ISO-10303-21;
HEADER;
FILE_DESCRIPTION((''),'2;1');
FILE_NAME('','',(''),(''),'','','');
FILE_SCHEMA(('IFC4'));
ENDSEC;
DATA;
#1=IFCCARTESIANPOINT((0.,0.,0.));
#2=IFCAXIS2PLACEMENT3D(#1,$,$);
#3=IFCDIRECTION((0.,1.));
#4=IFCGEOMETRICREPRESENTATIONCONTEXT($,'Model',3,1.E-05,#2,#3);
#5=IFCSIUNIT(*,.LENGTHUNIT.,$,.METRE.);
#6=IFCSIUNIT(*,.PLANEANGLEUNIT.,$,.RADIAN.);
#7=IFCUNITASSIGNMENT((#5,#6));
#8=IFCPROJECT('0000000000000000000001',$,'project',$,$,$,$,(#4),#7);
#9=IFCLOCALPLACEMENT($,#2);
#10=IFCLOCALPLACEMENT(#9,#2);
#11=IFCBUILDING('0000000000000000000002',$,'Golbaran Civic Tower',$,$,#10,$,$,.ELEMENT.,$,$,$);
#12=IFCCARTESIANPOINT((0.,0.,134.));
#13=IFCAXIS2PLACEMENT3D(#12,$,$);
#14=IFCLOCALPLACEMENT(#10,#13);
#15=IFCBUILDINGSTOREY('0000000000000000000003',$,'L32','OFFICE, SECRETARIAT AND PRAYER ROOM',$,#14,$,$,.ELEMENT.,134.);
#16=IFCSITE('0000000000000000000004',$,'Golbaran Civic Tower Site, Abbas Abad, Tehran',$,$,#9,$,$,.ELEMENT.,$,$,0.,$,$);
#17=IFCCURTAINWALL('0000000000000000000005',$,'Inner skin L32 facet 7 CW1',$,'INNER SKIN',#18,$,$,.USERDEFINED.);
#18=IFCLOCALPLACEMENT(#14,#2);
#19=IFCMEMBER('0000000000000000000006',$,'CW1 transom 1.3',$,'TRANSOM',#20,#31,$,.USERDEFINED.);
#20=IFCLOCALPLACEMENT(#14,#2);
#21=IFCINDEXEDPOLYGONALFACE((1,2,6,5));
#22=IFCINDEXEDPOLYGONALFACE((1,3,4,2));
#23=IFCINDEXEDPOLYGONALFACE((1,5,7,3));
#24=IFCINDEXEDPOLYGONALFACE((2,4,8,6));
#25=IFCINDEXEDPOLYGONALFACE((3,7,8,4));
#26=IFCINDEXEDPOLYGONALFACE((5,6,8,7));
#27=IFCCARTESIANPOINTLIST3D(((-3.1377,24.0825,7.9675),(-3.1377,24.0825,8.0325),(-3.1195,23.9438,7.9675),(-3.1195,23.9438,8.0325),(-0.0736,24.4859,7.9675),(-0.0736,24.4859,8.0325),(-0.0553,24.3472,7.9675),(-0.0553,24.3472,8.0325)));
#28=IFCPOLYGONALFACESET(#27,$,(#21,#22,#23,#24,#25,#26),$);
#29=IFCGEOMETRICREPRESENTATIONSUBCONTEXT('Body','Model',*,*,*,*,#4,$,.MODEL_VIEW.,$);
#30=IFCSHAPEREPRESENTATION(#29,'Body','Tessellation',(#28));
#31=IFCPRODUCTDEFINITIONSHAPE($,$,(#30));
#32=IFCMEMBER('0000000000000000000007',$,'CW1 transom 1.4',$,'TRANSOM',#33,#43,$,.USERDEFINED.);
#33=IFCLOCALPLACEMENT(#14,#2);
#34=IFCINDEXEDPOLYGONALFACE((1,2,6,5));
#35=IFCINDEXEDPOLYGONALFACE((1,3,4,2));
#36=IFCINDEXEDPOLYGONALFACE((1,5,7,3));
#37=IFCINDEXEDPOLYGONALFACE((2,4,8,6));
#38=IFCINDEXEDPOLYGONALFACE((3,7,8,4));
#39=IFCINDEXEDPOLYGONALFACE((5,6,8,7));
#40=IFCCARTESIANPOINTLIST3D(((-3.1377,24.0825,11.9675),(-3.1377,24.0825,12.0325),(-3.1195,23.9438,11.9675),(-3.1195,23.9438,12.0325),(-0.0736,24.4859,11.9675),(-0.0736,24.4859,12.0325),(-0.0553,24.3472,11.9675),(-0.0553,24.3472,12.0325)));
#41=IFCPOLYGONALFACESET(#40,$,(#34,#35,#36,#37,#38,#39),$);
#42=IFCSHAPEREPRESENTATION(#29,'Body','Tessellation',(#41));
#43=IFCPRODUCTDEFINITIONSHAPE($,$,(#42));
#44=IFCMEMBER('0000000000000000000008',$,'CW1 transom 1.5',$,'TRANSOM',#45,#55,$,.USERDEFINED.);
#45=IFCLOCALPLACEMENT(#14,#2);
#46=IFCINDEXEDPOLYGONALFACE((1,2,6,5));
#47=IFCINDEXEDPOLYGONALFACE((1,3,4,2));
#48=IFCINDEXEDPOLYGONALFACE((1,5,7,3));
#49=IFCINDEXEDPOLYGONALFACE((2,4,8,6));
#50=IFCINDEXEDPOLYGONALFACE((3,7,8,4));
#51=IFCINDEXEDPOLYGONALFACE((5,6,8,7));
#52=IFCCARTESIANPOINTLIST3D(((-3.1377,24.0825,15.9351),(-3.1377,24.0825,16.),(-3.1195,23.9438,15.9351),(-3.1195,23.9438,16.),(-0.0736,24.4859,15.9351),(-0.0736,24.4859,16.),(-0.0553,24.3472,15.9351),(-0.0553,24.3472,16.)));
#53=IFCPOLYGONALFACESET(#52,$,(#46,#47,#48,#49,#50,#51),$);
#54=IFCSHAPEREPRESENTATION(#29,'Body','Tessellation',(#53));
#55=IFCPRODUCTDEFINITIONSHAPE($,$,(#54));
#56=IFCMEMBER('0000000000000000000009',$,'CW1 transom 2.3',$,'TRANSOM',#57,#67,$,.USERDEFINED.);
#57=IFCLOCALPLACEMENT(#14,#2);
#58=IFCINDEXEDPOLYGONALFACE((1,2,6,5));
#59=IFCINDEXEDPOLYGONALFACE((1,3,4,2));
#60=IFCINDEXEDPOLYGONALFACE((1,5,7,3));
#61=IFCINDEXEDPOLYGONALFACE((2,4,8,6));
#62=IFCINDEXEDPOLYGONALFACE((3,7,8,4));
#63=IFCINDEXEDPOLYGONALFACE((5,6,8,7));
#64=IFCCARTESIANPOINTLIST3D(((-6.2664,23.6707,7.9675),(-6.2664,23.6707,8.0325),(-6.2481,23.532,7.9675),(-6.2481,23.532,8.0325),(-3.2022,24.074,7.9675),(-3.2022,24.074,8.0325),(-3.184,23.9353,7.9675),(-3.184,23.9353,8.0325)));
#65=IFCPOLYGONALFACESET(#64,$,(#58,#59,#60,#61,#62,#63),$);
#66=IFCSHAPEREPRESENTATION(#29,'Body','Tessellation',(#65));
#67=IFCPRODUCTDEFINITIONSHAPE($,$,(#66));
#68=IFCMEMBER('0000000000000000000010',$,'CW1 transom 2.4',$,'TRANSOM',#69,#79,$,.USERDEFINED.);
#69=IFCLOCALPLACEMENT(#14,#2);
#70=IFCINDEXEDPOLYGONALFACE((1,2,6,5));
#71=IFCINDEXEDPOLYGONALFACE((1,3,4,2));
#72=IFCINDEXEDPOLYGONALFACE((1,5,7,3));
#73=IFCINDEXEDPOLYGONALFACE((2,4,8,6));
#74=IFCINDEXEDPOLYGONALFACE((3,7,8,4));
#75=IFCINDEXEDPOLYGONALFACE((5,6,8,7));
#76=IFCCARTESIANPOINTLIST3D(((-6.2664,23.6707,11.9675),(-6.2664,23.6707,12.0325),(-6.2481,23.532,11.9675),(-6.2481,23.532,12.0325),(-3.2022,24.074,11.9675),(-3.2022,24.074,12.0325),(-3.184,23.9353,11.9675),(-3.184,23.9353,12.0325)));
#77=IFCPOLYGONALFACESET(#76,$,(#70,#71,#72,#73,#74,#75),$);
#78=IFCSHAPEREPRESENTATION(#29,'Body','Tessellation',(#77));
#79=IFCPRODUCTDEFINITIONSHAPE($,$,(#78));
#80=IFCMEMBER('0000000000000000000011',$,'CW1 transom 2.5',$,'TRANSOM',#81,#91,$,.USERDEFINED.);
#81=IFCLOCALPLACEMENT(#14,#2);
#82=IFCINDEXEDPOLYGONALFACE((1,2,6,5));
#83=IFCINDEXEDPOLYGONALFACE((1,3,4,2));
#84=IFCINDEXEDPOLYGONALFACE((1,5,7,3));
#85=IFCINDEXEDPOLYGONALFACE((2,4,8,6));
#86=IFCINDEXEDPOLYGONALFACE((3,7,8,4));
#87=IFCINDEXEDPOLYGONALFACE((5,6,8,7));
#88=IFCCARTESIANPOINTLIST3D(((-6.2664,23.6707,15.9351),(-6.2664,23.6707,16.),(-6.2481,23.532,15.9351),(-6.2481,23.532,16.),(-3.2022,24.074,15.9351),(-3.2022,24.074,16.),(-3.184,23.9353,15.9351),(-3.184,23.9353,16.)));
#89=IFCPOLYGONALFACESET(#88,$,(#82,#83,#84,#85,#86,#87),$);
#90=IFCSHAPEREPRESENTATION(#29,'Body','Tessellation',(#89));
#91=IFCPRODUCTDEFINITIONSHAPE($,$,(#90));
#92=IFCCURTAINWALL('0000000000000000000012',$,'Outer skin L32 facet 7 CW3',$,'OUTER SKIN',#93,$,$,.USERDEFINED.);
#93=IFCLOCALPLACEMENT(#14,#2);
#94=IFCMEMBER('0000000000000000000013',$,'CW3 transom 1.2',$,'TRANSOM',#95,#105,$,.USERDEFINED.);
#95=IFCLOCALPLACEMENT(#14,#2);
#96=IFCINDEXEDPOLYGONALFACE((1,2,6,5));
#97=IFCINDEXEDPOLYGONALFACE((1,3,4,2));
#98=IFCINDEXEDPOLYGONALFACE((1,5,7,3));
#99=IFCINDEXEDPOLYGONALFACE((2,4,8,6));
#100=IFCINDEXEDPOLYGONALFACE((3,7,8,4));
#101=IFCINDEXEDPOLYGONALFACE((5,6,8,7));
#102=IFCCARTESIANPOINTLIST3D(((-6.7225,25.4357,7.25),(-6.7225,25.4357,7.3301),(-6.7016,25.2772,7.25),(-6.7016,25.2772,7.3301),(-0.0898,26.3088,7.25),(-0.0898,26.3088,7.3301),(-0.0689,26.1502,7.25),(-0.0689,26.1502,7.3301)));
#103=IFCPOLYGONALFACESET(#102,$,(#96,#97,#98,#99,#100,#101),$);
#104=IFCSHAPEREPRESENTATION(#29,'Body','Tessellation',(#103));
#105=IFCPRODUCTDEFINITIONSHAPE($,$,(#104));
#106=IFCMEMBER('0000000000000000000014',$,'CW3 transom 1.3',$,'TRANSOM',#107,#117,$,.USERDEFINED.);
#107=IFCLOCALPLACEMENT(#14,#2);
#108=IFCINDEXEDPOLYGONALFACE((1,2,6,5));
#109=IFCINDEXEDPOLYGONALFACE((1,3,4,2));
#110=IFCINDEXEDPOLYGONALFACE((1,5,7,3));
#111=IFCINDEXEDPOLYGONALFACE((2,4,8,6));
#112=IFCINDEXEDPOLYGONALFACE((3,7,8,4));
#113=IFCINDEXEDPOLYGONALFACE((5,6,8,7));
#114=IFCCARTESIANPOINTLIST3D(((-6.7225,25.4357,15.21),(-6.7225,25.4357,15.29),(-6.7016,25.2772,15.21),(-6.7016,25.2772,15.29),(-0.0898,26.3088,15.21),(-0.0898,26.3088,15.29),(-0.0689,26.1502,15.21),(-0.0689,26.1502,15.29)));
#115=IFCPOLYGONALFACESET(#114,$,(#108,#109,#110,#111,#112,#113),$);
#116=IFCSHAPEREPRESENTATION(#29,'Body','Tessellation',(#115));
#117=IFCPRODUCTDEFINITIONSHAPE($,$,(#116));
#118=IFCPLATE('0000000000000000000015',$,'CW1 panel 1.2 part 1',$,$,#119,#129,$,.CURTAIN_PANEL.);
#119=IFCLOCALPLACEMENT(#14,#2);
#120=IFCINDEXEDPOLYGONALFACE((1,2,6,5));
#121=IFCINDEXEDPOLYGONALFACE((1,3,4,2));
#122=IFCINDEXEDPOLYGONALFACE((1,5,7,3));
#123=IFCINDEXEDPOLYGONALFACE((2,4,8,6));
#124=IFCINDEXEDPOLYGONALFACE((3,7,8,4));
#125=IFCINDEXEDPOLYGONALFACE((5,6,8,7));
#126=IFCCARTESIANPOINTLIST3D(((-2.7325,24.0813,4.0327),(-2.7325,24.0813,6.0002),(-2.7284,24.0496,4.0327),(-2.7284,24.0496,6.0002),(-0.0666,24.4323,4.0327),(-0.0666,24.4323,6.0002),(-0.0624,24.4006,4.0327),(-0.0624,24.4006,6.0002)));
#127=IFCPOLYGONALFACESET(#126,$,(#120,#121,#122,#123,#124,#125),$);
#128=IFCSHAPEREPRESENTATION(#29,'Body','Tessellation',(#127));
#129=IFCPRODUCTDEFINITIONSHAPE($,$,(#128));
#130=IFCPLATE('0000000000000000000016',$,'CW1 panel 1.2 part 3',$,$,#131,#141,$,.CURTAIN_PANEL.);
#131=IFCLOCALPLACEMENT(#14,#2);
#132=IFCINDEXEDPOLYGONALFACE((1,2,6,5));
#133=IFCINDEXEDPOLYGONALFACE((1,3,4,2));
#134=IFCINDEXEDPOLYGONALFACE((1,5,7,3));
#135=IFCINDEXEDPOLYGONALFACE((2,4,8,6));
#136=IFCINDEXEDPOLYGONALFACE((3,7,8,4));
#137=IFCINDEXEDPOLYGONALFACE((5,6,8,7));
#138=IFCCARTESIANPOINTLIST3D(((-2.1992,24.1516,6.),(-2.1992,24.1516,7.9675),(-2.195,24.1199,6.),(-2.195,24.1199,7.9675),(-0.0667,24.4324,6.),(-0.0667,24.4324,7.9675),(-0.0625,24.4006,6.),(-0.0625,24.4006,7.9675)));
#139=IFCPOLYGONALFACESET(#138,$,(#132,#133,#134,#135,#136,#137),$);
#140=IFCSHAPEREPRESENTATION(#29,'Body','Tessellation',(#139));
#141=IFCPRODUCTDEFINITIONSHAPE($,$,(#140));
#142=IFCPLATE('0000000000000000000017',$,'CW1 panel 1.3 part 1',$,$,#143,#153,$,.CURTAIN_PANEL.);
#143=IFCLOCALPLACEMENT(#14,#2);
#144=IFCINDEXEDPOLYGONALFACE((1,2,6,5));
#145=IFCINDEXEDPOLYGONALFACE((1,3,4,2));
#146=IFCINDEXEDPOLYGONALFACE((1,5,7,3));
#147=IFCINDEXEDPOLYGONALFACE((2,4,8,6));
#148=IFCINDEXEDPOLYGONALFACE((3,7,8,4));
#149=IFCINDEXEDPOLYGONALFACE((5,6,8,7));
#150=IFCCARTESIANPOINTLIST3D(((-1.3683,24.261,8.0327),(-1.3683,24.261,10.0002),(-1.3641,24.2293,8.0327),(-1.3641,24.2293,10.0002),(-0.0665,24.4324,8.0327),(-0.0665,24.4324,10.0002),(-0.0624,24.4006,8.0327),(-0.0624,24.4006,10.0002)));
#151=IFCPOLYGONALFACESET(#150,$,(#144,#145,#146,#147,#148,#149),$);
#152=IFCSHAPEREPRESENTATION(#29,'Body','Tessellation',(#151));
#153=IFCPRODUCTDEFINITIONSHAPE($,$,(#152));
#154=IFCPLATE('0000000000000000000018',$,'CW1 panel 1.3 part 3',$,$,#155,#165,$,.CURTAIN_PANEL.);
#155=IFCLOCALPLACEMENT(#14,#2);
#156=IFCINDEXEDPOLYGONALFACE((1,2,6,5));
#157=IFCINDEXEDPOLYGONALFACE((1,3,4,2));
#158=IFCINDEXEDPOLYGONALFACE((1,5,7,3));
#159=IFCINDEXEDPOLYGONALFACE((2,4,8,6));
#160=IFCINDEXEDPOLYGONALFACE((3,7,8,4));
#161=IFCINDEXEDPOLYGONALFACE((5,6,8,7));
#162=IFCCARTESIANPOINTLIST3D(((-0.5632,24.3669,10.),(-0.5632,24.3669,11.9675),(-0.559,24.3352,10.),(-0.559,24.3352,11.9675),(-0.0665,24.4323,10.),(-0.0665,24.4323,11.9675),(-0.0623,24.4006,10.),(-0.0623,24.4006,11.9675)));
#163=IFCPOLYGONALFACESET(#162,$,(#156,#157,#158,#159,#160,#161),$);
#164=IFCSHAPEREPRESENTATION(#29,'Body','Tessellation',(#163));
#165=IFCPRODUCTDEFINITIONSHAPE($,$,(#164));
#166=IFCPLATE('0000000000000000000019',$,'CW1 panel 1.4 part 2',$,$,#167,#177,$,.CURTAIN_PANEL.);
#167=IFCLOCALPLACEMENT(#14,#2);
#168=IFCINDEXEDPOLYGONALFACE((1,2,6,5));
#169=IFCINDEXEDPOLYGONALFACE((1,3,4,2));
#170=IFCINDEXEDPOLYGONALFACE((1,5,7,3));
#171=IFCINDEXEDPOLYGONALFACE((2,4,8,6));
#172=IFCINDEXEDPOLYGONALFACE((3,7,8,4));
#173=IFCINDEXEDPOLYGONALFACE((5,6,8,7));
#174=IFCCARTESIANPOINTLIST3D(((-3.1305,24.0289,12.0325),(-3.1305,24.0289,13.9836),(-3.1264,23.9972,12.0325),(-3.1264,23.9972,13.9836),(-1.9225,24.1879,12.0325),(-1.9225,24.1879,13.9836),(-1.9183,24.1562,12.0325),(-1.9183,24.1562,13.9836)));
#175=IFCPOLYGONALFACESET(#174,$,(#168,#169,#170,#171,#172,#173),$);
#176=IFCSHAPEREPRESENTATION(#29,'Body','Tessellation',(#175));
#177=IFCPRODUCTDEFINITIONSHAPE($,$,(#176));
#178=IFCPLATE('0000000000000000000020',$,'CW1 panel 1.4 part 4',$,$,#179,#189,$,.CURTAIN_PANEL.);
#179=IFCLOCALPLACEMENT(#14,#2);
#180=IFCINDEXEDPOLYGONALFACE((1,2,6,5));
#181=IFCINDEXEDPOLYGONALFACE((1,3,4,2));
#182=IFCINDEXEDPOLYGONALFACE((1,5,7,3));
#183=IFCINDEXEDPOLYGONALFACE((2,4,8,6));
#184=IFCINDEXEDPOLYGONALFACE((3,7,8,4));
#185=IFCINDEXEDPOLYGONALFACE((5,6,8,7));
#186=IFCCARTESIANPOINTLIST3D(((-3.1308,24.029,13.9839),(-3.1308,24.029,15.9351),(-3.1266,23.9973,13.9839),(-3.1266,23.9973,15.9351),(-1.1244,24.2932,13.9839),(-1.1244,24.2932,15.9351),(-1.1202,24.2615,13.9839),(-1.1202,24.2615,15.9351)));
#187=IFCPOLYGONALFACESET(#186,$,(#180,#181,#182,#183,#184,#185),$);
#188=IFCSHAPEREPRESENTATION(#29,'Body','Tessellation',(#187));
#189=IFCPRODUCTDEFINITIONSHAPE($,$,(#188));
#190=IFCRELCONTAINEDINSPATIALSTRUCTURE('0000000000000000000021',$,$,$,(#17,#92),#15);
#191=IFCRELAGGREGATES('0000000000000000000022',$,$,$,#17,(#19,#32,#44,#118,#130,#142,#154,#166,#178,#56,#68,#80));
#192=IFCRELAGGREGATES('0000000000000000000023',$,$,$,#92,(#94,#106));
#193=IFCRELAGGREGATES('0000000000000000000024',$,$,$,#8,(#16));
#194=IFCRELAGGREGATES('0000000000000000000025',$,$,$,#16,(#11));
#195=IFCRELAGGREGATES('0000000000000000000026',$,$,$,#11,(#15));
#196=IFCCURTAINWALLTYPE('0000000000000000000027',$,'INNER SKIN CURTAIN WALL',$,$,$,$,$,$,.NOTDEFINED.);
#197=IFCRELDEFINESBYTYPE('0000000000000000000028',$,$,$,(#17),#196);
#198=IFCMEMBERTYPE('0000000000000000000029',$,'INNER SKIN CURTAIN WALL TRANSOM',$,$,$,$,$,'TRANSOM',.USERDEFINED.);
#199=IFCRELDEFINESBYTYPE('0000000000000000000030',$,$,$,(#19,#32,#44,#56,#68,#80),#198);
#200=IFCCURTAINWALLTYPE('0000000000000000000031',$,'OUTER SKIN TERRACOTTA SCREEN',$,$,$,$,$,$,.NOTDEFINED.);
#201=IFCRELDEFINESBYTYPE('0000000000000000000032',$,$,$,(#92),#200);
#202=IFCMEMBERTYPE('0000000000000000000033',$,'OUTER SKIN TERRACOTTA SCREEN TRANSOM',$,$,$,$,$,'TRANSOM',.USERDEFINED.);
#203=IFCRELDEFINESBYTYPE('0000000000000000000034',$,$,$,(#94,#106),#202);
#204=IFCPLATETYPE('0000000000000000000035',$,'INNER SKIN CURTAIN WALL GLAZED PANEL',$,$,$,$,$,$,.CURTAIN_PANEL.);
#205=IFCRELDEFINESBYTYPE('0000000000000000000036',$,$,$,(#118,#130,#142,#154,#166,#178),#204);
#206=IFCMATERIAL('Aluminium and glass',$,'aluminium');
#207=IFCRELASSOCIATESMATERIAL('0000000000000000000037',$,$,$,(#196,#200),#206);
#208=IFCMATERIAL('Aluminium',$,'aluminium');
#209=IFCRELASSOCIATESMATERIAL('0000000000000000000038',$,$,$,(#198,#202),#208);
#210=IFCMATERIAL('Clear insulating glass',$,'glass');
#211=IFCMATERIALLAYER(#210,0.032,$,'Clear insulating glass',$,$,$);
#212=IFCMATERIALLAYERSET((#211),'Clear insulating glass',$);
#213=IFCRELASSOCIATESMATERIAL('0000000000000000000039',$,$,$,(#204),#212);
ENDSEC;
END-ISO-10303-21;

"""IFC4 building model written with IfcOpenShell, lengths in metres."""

from ifc_helpers import new_model, si_unit, direction, frame, origin, origin_2d, place, context, subcontext, project, spatial, rectangle, extrude, material, layer, layer_set, material_profile, profile_set, type_object, element, aggregate, save


model = new_model("IFC4")

# Units and contexts
model_context = context("Model", 3, precision=1e-05, world=origin(), true_north=direction((0.0, 1.0)))
body_context = subcontext(model_context, "Body", "Model", "MODEL_VIEW")
ifc_project = project(units=[si_unit("LENGTHUNIT", "METRE"), si_unit("PLANEANGLEUNIT", "RADIAN")], contexts=[model_context])

# Site, building, storey
site_placement = place(None, origin())
site = spatial("IfcSite", under=ifc_project, at=site_placement, Name="Golbaran Civic Tower Site, Abbas Abad, Tehran", CompositionType="ELEMENT", RefElevation=0.0)
building_placement = place(site_placement, origin())
building = spatial("IfcBuilding", under=site, at=building_placement, Name="Golbaran Civic Tower", CompositionType="ELEMENT")
storey_placement = place(building_placement, frame((0.0, 0.0, 134.0)))
storey = spatial("IfcBuildingStorey", under=building, at=storey_placement, Name="L32", Description="OFFICE, SECRETARIAT AND PRAYER ROOM", CompositionType="ELEMENT", Elevation=134.0)

# Curtain walls, members
ifc_material_1 = material(Name="Aluminium and glass", Category="aluminium")
curtain_wall_type_1 = type_object("IfcCurtainWallType", Name="INNER SKIN CURTAIN WALL", PredefinedType="NOTDEFINED", material=ifc_material_1)
curtain_wall_1_placement = place(storey_placement, origin())
curtain_wall_1 = element("IfcCurtainWall", 1, at=curtain_wall_1_placement, inside=storey, type_object=curtain_wall_type_1, Name="Inner skin L32 facet 7 CW1", ObjectType="INNER SKIN", PredefinedType="USERDEFINED")
ifc_material_2 = material(Name="Aluminium", Category="aluminium")
ifc_material_profile_1 = material_profile(ifc_material_2, rectangle(XDim=0.1399, YDim=0.0649, at=origin_2d()), Name="INNER SKIN CURTAIN WALL TRANSOM")
ifc_profile_set_1 = profile_set([ifc_material_profile_1], Name="Aluminium")
member_type_1 = type_object("IfcMemberType", Name="INNER SKIN CURTAIN WALL TRANSOM", ElementType="TRANSOM", PredefinedType="USERDEFINED", material=ifc_profile_set_1)
member_1_placement = place(storey_placement, frame((-0.0645, 24.4165, 8.0), z_axis=(-0.991449, -0.130497, 0.0), x_axis=(0.130497, -0.991449, 0.0)))
member_1 = element("IfcMember", 2, at=member_1_placement, type_object=member_type_1, Name="CW1 transom 1.3", ObjectType="TRANSOM", PredefinedType="USERDEFINED", context=body_context, shape_type="SweptSolid", body=[
    extrude(rectangle(XDim=0.1399, YDim=0.0649, at=origin_2d()), origin(), (0.0, 0.0, 1.0), 3.0906),
])
member_2_placement = place(storey_placement, frame((-0.0645, 24.4165, 12.0), z_axis=(-0.991449, -0.130497, 0.0), x_axis=(0.130497, -0.991449, 0.0)))
member_2 = element("IfcMember", 3, at=member_2_placement, type_object=member_type_1, Name="CW1 transom 1.4", ObjectType="TRANSOM", PredefinedType="USERDEFINED", context=body_context, shape_type="SweptSolid", body=[
    extrude(rectangle(XDim=0.1399, YDim=0.0649, at=origin_2d()), origin(), (0.0, 0.0, 1.0), 3.0906),
])
member_3_placement = place(storey_placement, frame((-0.0645, 24.4165, 15.9675), z_axis=(-0.991449, -0.130497, 0.0), x_axis=(0.130497, -0.991449, 0.0)))
member_3 = element("IfcMember", 4, at=member_3_placement, type_object=member_type_1, Name="CW1 transom 1.5", ObjectType="TRANSOM", PredefinedType="USERDEFINED", context=body_context, shape_type="SweptSolid", body=[
    extrude(rectangle(XDim=0.1399, YDim=0.0649, at=origin_2d()), origin(), (0.0, 0.0, 1.0), 3.0906),
])
member_4_placement = place(storey_placement, frame((-3.1931, 24.0046, 8.0), z_axis=(-0.991449, -0.130497, 0.0), x_axis=(0.130497, -0.991449, 0.0)))
member_4 = element("IfcMember", 5, at=member_4_placement, type_object=member_type_1, Name="CW1 transom 2.3", ObjectType="TRANSOM", PredefinedType="USERDEFINED", context=body_context, shape_type="SweptSolid", body=[
    extrude(rectangle(XDim=0.1399, YDim=0.0649, at=origin_2d()), origin(), (0.0, 0.0, 1.0), 3.0906),
])
member_5_placement = place(storey_placement, frame((-3.1931, 24.0046, 12.0), z_axis=(-0.991449, -0.130497, 0.0), x_axis=(0.130497, -0.991449, 0.0)))
member_5 = element("IfcMember", 6, at=member_5_placement, type_object=member_type_1, Name="CW1 transom 2.4", ObjectType="TRANSOM", PredefinedType="USERDEFINED", context=body_context, shape_type="SweptSolid", body=[
    extrude(rectangle(XDim=0.1399, YDim=0.0649, at=origin_2d()), origin(), (0.0, 0.0, 1.0), 3.0906),
])
member_6_placement = place(storey_placement, frame((-3.1931, 24.0046, 15.9675), z_axis=(-0.991449, -0.130497, 0.0), x_axis=(0.130497, -0.991449, 0.0)))
member_6 = element("IfcMember", 7, at=member_6_placement, type_object=member_type_1, Name="CW1 transom 2.5", ObjectType="TRANSOM", PredefinedType="USERDEFINED", context=body_context, shape_type="SweptSolid", body=[
    extrude(rectangle(XDim=0.1399, YDim=0.0649, at=origin_2d()), origin(), (0.0, 0.0, 1.0), 3.0906),
])
curtain_wall_type_2 = type_object("IfcCurtainWallType", Name="OUTER SKIN TERRACOTTA SCREEN", PredefinedType="NOTDEFINED", material=ifc_material_1)
curtain_wall_2_placement = place(storey_placement, origin())
curtain_wall_2 = element("IfcCurtainWall", 8, at=curtain_wall_2_placement, inside=storey, type_object=curtain_wall_type_2, Name="Outer skin L32 facet 7 CW3", ObjectType="OUTER SKIN", PredefinedType="USERDEFINED")
ifc_material_profile_2 = material_profile(ifc_material_2, rectangle(XDim=0.1599, YDim=0.0801, at=origin_2d()), Name="OUTER SKIN TERRACOTTA SCREEN TRANSOM")
ifc_profile_set_2 = profile_set([ifc_material_profile_2], Name="Aluminium")
member_type_2 = type_object("IfcMemberType", Name="OUTER SKIN TERRACOTTA SCREEN TRANSOM", ElementType="TRANSOM", PredefinedType="USERDEFINED", material=ifc_profile_set_2)
member_7_placement = place(storey_placement, frame((-0.0793, 26.2295, 7.29), z_axis=(-0.991448, -0.1305, 0.0), x_axis=(0.1305, -0.991448, 0.0)))
member_7 = element("IfcMember", 9, at=member_7_placement, type_object=member_type_2, Name="CW3 transom 1.2", ObjectType="TRANSOM", PredefinedType="USERDEFINED", context=body_context, shape_type="SweptSolid", body=[
    extrude(rectangle(XDim=0.1599, YDim=0.0801, at=origin_2d()), origin(), (0.0, 0.0, 1.0), 6.6899),
])
member_8_placement = place(storey_placement, frame((-0.0793, 26.2295, 15.25), z_axis=(-0.991448, -0.1305, 0.0), x_axis=(0.1305, -0.991448, 0.0)))
member_8 = element("IfcMember", 10, at=member_8_placement, type_object=member_type_2, Name="CW3 transom 1.3", ObjectType="TRANSOM", PredefinedType="USERDEFINED", context=body_context, shape_type="SweptSolid", body=[
    extrude(rectangle(XDim=0.1599, YDim=0.0801, at=origin_2d()), origin(), (0.0, 0.0, 1.0), 6.6899),
])

# Plates
ifc_material_3 = material(Name="Clear insulating glass", Category="glass")
ifc_layer_1 = layer(ifc_material_3, 0.032, Name="Clear insulating glass")
ifc_layer_set_1 = layer_set([ifc_layer_1], Name="Clear insulating glass")
plate_type_1 = type_object("IfcPlateType", Name="INNER SKIN CURTAIN WALL GLAZED PANEL", PredefinedType="CURTAIN_PANEL", material=ifc_layer_set_1)
plate_1_placement = place(storey_placement, frame((-1.3975, 24.241, 4.0327), z_axis=(0.0, 0.0, 1.0), x_axis=(-0.991445, -0.130526, 0.0)))
plate_1 = element("IfcPlate", 11, at=plate_1_placement, type_object=plate_type_1, Name="CW1 panel 1.2 part 1", PredefinedType="CURTAIN_PANEL", context=body_context, shape_type="SweptSolid", body=[
    extrude(rectangle(XDim=2.689, YDim=0.032, at=origin_2d()), origin(), (0.0, 0.0, 1.0), 1.9675),
])
plate_2_placement = place(storey_placement, frame((-1.1309, 24.2761, 6.0), z_axis=(0.0, 0.0, 1.0), x_axis=(-0.991445, -0.130526, 0.0)))
plate_2 = element("IfcPlate", 12, at=plate_2_placement, type_object=plate_type_1, Name="CW1 panel 1.2 part 3", PredefinedType="CURTAIN_PANEL", context=body_context, shape_type="SweptSolid", body=[
    extrude(rectangle(XDim=2.1509, YDim=0.032, at=origin_2d()), origin(), (0.0, 0.0, 1.0), 1.9675),
])
plate_3_placement = place(storey_placement, frame((-0.7153, 24.3308, 8.0327), z_axis=(0.0, 0.0, 1.0), x_axis=(-0.991445, -0.130526, 0.0)))
plate_3 = element("IfcPlate", 13, at=plate_3_placement, type_object=plate_type_1, Name="CW1 panel 1.3 part 1", PredefinedType="CURTAIN_PANEL", context=body_context, shape_type="SweptSolid", body=[
    extrude(rectangle(XDim=1.313, YDim=0.032, at=origin_2d()), origin(), (0.0, 0.0, 1.0), 1.9675),
])
plate_4_placement = place(storey_placement, frame((-0.3127, 24.3838, 10.0), z_axis=(0.0, 0.0, 1.0), x_axis=(-0.991445, -0.130526, 0.0)))
plate_4 = element("IfcPlate", 14, at=plate_4_placement, type_object=plate_type_1, Name="CW1 panel 1.3 part 3", PredefinedType="CURTAIN_PANEL", context=body_context, shape_type="SweptSolid", body=[
    extrude(rectangle(XDim=0.501, YDim=0.032, at=origin_2d()), origin(), (0.0, 0.0, 1.0), 1.9675),
])
plate_5_placement = place(storey_placement, frame((-2.5244, 24.0925, 12.0325), z_axis=(0.0, 0.0, 1.0), x_axis=(-0.991445, -0.130526, 0.0)))
plate_5 = element("IfcPlate", 15, at=plate_5_placement, type_object=plate_type_1, Name="CW1 panel 1.4 part 2", PredefinedType="CURTAIN_PANEL", context=body_context, shape_type="SweptSolid", body=[
    extrude(rectangle(XDim=1.2185, YDim=0.032, at=origin_2d()), origin(), (0.0, 0.0, 1.0), 1.9512),
])
plate_6_placement = place(storey_placement, frame((-2.1255, 24.1453, 13.9839), z_axis=(0.0, 0.0, 1.0), x_axis=(-0.991445, -0.130526, 0.0)))
plate_6 = element("IfcPlate", 16, at=plate_6_placement, type_object=plate_type_1, Name="CW1 panel 1.4 part 4", PredefinedType="CURTAIN_PANEL", context=body_context, shape_type="SweptSolid", body=[
    extrude(rectangle(XDim=2.0237, YDim=0.032, at=origin_2d()), origin(), (0.0, 0.0, 1.0), 1.9512),
])
aggregate(curtain_wall_1, [member_1, member_2, member_3, plate_1, plate_2, plate_3, plate_4, plate_5, plate_6, member_4, member_5, member_6])
aggregate(curtain_wall_2, [member_7, member_8])

save(model, "model.ifc")
